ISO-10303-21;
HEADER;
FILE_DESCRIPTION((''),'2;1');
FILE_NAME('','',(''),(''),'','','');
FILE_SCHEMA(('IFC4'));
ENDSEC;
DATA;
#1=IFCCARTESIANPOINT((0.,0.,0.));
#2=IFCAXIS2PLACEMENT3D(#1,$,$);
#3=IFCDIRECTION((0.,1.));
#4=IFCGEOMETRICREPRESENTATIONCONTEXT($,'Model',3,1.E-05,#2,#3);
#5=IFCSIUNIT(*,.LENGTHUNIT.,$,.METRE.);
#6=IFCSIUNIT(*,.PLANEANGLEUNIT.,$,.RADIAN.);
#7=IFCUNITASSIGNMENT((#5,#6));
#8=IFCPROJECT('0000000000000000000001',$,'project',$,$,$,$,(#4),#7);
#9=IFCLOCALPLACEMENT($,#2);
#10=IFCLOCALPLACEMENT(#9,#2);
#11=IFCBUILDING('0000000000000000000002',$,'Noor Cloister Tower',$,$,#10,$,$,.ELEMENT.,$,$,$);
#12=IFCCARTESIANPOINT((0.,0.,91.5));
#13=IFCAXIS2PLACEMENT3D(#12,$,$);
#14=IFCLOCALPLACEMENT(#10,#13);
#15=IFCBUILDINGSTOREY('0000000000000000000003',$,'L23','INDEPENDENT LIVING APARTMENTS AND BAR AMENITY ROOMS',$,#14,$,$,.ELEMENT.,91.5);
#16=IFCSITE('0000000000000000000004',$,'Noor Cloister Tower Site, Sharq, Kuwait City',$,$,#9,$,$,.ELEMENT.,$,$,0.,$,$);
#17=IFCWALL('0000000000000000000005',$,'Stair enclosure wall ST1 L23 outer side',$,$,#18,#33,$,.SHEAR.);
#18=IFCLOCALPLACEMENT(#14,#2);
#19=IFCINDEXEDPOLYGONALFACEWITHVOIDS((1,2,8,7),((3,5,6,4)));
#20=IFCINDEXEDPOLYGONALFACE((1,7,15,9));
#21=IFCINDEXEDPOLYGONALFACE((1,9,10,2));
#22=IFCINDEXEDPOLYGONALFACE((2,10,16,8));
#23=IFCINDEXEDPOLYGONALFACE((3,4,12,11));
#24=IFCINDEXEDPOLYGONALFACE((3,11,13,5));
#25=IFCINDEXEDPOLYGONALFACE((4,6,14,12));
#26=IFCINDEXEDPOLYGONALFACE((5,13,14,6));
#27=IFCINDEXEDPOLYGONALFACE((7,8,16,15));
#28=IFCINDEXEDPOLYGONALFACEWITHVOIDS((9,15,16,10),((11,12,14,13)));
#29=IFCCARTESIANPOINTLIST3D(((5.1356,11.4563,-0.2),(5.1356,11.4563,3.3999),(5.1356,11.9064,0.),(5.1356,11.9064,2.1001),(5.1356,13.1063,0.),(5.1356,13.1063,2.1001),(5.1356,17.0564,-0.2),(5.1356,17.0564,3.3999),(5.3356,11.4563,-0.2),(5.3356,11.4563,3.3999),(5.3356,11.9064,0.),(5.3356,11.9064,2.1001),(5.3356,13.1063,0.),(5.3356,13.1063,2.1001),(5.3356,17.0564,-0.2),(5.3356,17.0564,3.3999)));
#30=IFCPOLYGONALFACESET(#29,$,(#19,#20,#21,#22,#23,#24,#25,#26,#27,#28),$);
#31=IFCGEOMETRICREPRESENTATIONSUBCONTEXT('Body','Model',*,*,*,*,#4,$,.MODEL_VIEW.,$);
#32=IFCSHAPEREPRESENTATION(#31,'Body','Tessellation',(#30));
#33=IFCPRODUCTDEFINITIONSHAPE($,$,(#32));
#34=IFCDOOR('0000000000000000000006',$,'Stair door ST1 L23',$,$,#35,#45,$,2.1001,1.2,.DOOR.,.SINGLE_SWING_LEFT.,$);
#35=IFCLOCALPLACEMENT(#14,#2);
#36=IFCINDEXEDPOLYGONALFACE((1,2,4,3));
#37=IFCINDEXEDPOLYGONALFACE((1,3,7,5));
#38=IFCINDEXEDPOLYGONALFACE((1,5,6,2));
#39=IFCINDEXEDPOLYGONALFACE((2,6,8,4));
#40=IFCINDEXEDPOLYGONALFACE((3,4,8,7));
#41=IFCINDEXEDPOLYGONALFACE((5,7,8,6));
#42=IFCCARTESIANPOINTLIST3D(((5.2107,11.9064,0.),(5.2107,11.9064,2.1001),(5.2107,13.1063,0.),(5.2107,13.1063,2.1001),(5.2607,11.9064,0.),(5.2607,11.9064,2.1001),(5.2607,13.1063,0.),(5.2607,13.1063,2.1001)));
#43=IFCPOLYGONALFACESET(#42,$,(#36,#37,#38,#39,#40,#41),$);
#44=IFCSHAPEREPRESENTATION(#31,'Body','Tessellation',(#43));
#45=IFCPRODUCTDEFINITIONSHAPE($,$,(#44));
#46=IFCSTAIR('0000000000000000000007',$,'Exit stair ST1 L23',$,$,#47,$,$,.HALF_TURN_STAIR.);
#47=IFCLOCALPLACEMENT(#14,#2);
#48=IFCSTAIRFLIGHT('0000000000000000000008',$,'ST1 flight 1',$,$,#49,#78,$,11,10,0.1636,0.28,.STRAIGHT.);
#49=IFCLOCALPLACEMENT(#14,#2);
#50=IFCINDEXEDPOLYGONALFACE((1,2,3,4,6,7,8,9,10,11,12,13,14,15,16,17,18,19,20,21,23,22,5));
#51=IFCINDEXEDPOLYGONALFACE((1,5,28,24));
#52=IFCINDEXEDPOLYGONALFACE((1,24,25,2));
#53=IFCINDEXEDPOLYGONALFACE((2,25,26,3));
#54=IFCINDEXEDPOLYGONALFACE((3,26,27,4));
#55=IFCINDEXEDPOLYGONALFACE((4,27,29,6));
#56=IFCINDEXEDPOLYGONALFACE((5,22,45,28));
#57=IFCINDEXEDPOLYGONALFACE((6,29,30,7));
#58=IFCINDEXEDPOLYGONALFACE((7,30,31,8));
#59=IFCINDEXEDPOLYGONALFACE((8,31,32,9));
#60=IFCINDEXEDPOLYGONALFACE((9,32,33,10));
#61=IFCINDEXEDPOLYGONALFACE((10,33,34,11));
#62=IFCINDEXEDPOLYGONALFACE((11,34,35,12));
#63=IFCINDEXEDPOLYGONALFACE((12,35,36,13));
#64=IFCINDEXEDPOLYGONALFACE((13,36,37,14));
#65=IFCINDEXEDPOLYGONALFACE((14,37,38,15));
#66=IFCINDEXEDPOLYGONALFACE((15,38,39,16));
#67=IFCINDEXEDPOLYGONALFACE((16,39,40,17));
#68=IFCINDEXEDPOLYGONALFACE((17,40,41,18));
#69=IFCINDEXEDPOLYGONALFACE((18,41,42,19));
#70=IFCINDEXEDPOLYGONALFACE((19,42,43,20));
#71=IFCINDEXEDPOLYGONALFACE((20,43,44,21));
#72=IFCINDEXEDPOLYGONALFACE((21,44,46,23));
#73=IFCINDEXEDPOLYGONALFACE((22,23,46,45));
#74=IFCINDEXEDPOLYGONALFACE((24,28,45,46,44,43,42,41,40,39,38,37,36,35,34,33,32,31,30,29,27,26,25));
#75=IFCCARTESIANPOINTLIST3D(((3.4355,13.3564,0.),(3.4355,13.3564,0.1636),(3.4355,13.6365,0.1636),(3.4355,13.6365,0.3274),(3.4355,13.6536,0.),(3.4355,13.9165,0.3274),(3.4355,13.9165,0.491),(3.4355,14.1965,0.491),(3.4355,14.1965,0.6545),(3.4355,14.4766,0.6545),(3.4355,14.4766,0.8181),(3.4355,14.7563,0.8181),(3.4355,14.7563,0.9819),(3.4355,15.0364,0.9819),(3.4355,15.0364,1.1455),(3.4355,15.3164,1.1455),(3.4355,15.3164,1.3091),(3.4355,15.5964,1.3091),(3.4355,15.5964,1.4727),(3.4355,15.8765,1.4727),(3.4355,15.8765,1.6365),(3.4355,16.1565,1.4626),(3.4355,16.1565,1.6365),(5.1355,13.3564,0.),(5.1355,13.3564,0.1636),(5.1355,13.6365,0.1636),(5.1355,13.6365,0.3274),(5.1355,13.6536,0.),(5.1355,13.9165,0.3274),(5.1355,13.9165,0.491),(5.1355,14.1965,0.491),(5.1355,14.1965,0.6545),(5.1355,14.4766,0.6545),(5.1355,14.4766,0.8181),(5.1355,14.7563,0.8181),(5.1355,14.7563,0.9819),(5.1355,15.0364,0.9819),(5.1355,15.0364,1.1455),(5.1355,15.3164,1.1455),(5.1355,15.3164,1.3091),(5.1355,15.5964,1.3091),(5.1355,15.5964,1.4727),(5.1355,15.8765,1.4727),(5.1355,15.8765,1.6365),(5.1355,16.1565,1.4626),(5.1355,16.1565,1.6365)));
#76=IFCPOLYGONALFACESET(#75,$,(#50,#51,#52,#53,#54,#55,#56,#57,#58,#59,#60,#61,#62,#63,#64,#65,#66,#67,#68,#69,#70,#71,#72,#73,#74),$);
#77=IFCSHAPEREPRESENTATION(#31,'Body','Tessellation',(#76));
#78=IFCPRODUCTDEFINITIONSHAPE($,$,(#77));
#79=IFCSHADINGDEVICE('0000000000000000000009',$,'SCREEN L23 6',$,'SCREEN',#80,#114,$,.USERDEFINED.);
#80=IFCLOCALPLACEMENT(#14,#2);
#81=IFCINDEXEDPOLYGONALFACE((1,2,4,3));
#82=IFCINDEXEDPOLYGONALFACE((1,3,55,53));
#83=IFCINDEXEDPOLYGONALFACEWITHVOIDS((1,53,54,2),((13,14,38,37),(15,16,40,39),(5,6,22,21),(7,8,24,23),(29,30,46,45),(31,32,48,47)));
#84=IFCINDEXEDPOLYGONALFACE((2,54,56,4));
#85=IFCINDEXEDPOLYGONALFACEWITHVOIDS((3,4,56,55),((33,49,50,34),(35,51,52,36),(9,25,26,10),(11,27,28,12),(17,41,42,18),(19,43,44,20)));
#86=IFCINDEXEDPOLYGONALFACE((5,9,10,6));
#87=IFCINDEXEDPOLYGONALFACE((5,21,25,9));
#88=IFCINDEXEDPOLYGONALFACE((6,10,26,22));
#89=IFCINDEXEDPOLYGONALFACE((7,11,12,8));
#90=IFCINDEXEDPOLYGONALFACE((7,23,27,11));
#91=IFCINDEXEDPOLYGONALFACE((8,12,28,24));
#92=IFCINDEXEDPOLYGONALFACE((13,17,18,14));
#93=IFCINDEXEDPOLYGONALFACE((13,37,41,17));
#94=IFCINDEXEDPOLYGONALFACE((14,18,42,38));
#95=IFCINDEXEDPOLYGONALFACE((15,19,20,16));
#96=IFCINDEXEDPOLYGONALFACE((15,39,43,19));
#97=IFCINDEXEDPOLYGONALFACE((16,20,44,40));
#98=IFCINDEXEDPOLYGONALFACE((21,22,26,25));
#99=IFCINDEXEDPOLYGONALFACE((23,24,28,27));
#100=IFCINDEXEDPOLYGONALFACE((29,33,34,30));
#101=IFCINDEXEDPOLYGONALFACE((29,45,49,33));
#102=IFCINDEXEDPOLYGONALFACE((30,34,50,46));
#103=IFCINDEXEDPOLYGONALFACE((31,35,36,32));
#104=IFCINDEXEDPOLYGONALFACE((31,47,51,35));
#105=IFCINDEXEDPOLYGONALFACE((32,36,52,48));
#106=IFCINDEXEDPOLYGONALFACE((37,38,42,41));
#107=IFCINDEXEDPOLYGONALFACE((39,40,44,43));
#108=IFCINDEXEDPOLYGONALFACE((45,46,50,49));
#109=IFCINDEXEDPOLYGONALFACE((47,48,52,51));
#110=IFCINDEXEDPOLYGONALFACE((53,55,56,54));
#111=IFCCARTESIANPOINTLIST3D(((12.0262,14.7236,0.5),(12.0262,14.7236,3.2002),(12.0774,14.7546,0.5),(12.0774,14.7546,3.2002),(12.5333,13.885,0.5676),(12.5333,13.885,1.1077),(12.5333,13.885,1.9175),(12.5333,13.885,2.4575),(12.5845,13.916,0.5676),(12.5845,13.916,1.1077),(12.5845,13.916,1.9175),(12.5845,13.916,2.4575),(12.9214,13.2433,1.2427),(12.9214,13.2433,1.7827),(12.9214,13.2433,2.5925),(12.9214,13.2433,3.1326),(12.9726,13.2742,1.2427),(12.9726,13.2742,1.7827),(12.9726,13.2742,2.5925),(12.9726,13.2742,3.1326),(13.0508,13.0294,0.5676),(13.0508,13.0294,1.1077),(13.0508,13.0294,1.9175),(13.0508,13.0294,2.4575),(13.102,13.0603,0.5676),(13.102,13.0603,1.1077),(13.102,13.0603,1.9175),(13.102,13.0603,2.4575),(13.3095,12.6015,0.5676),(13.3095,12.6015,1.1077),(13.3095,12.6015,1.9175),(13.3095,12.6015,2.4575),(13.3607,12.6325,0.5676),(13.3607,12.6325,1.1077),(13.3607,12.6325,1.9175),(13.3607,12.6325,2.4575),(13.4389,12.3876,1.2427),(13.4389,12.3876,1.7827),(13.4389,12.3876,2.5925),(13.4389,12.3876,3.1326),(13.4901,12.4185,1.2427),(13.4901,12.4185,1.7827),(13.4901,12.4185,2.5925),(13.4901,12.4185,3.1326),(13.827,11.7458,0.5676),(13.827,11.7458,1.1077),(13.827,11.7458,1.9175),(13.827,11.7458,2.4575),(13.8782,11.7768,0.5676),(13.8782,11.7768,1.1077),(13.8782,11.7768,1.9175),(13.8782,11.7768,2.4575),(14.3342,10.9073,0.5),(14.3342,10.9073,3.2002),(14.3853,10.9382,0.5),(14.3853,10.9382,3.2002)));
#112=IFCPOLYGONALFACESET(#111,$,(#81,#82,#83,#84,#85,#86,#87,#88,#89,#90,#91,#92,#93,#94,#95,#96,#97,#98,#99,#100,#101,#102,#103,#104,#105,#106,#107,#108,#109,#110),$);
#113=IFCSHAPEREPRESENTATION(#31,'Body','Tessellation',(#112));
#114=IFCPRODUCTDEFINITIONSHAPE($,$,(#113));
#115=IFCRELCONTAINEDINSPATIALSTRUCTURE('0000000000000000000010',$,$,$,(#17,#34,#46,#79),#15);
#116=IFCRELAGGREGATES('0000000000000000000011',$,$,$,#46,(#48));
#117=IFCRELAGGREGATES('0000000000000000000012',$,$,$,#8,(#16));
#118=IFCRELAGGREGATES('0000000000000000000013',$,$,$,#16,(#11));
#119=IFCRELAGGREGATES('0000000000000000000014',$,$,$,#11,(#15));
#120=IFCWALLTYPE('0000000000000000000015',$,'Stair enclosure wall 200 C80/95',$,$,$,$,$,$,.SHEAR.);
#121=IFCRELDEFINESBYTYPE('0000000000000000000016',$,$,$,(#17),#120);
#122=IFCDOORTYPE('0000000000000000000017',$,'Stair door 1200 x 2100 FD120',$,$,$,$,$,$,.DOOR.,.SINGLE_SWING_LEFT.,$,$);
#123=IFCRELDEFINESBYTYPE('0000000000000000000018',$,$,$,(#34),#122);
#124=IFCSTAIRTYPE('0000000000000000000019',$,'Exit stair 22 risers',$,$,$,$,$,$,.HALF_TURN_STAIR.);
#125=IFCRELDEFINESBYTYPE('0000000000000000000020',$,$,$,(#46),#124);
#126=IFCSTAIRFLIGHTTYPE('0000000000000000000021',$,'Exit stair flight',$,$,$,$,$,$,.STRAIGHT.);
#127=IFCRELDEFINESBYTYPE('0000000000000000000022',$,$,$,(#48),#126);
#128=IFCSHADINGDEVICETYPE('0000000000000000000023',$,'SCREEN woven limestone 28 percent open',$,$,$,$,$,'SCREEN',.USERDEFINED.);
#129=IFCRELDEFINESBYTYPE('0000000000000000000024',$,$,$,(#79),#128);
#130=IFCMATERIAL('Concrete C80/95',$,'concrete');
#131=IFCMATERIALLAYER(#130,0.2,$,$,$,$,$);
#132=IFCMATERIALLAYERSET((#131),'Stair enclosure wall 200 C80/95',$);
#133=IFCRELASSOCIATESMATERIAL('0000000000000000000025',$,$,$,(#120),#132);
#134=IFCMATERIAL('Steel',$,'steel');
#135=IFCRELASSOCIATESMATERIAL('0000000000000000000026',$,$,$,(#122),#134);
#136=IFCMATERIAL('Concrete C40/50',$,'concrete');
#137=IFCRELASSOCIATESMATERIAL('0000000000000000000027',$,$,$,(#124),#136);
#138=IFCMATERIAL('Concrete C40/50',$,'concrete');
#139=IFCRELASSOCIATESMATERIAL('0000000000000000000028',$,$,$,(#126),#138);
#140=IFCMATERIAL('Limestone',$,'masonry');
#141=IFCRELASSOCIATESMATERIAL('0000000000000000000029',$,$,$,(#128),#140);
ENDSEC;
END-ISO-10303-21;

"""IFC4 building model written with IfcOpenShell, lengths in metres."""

from ifc_helpers import new_model, si_unit, direction, frame, frame_2d, origin, place, context, subcontext, project, spatial, polyline, rectangle, outline, extrude, material, layer, layer_set, material_profile, profile_set, type_object, element, fill, aggregate, save


model = new_model("IFC4")

# Units and contexts
model_context = context("Model", 3, precision=1e-05, world=origin(), true_north=direction((0.0, 1.0)))
body_context = subcontext(model_context, "Body", "Model", "MODEL_VIEW")
ifc_project = project(units=[si_unit("LENGTHUNIT", "METRE"), si_unit("PLANEANGLEUNIT", "RADIAN")], contexts=[model_context])

# Site, building, storey
site_placement = place(None, origin())
site = spatial("IfcSite", under=ifc_project, at=site_placement, Name="Noor Cloister Tower Site, Sharq, Kuwait City", CompositionType="ELEMENT", RefElevation=0.0)
building_placement = place(site_placement, origin())
building = spatial("IfcBuilding", under=site, at=building_placement, Name="Noor Cloister Tower", CompositionType="ELEMENT")
storey_placement = place(building_placement, frame((0.0, 0.0, 91.5)))
storey = spatial("IfcBuildingStorey", under=building, at=storey_placement, Name="L23", Description="INDEPENDENT LIVING APARTMENTS AND BAR AMENITY ROOMS", CompositionType="ELEMENT", Elevation=91.5)

# Wall, opening, door
ifc_material_1 = material(Name="Concrete C80/95", Category="concrete")
ifc_layer_1 = layer(ifc_material_1, 0.2)
ifc_layer_set_1 = layer_set([ifc_layer_1], Name="Stair enclosure wall 200 C80/95")
wall_type_1 = type_object("IfcWallType", Name="Stair enclosure wall 200 C80/95", PredefinedType="SHEAR", material=ifc_layer_set_1)
ifc_material_2 = material(Name="Steel", Category="steel")
door_type_1 = type_object("IfcDoorType", Name="Stair door 1200 x 2100 FD120", OperationType="SINGLE_SWING_LEFT", PredefinedType="DOOR", material=ifc_material_2)
wall_1_placement = place(storey_placement, frame((5.2356, 11.4563, -0.2), z_axis=(0.0, 0.0, 1.0), x_axis=(0.0, 1.0, 0.0)))
wall_1 = element("IfcWall", 1, at=wall_1_placement, inside=storey, type_object=wall_type_1, Name="Stair enclosure wall ST1 L23 outer side", PredefinedType="SHEAR", context=body_context, shape_type="SweptSolid", body=[
    extrude(rectangle(XDim=5.6001, YDim=0.2, at=frame_2d((2.8, 0.0))), origin(), (0.0, 0.0, 1.0), 3.5999),
])
opening_1_placement = place(wall_1_placement, frame((0.45, 0.0, 0.2)))
opening_1 = element("IfcOpeningElement", 2, at=opening_1_placement, cuts=wall_1, PredefinedType="OPENING", context=body_context, shape_type="SweptSolid", body=[
    extrude(rectangle(XDim=1.2, YDim=2.1001, at=frame_2d((0.6001, 1.05))), frame((0.0, 0.1099, 0.0), z_axis=(0.0, -1.0, 0.0), x_axis=(1.0, 0.0, 0.0)), (0.0, 0.0, 1.0), 0.22),
])
door_1_placement = place(opening_1_placement, origin())
door_1 = element("IfcDoor", 3, at=door_1_placement, inside=storey, type_object=door_type_1, Name="Stair door ST1 L23", OperationType="SINGLE_SWING_LEFT", OverallHeight=2.1001, OverallWidth=1.2, PredefinedType="DOOR", context=body_context, shape_type="SweptSolid", body=[
    extrude(rectangle(XDim=1.2, YDim=2.1001, at=frame_2d((0.6001, 1.05))), frame((0.0, 0.0249, 0.0), z_axis=(0.0, -1.0, 0.0), x_axis=(1.0, 0.0, 0.0)), (0.0, 0.0, 1.0), 0.05),
])
fill(opening_1, door_1)

# Stair, stair flight
ifc_material_3 = material(Name="Concrete C40/50", Category="concrete")
stair_type = type_object("IfcStairType", Name="Exit stair 22 risers", PredefinedType="HALF_TURN_STAIR", material=ifc_material_3)
stair_placement = place(storey_placement, origin())
stair = element("IfcStair", 4, at=stair_placement, inside=storey, type_object=stair_type, Name="Exit stair ST1 L23", PredefinedType="HALF_TURN_STAIR")
ifc_material_4 = material(Name="Concrete C40/50", Category="concrete")
stair_flight_type = type_object("IfcStairFlightType", Name="Exit stair flight", PredefinedType="STRAIGHT", material=ifc_material_4)
stair_flight_placement = place(storey_placement, frame((4.2856, 13.3564, 0.0), z_axis=(0.0, 0.0, 1.0), x_axis=(0.0, 1.0, 0.0)))
stair_flight = element("IfcStairFlight", 5, at=stair_flight_placement, type_object=stair_flight_type, Name="ST1 flight 1", NumberOfRisers=11, NumberOfTreads=10, PredefinedType="STRAIGHT", RiserHeight=0.1636, TreadLength=0.28, context=body_context, shape_type="SweptSolid", body=[
    extrude(outline(polyline([(0.0, 0.0), (0.0, 0.1636), (0.28, 0.1636), (0.28, 0.3274), (0.5601, 0.3274), (0.5601, 0.491), (0.8401, 0.491), (0.8401, 0.6545), (1.1201, 0.6545), (1.1201, 0.8181), (1.3999, 0.8181), (1.3999, 0.9819), (1.6799, 0.9819), (1.6799, 1.1455), (1.96, 1.1455), (1.96, 1.3091), (2.24, 1.3091), (2.24, 1.4727), (2.52, 1.4727), (2.52, 1.6365), (2.8, 1.6365), (2.8, 1.8), (2.8, 1.4626), (0.2971, 0.0), (0.0, 0.0)])), frame((0.0, 0.8501, 0.0), z_axis=(0.0, -1.0, 0.0), x_axis=(1.0, 0.0, 0.0)), (0.0, 0.0, 1.0), 1.7),
])
aggregate(stair, [stair_flight])

# Shading device
ifc_material_5 = material(Name="Limestone", Category="masonry")
ifc_material_profile_1 = material_profile(ifc_material_5, outline(polyline([(-2.23, -1.3501), (2.23, -1.3501), (2.23, 1.3501), (-2.23, 1.3501), (-2.23, -1.3501)]), holes=[polyline([(-1.25, -1.2825), (-0.25, -1.2825), (-0.25, -0.7424), (-1.25, -0.7424), (-1.25, -1.2825)]), polyline([(0.25, -1.2825), (1.25, -1.2825), (1.25, -0.7424), (0.25, -0.7424), (0.25, -1.2825)]), polyline([(-0.5, -0.6074), (0.5, -0.6074), (0.5, -0.0674), (-0.5, -0.0674), (-0.5, -0.6074)]), polyline([(-1.25, 0.0674), (-0.25, 0.0674), (-0.25, 0.6074), (-1.25, 0.6074), (-1.25, 0.0674)]), polyline([(0.25, 0.0674), (1.25, 0.0674), (1.25, 0.6074), (0.25, 0.6074), (0.25, 0.0674)]), polyline([(-0.5, 0.7424), (0.5, 0.7424), (0.5, 1.2825), (-0.5, 1.2825), (-0.5, 0.7424)])]), Name="Woven screen 28 percent open")
ifc_profile_set_1 = profile_set([ifc_material_profile_1], Name="Limestone")
shading_device_type = type_object("IfcShadingDeviceType", Name="SCREEN woven limestone 28 percent open", ElementType="SCREEN", PredefinedType="USERDEFINED", material=ifc_profile_set_1)
shading_device_placement = place(storey_placement, frame((13.1802, 12.8154, 1.8501), z_axis=(0.85569, 0.517489, 0.0), x_axis=(-0.517489, 0.85569, 0.0)))
element("IfcShadingDevice", 6, at=shading_device_placement, inside=storey, type_object=shading_device_type, Name="SCREEN L23 6", ObjectType="SCREEN", PredefinedType="USERDEFINED", context=body_context, shape_type="SweptSolid", body=[
    extrude(outline(polyline([(-2.23, -1.3501), (2.23, -1.3501), (2.23, 1.3501), (-2.23, 1.3501), (-2.23, -1.3501)]), holes=[polyline([(-1.25, -1.2825), (-0.25, -1.2825), (-0.25, -0.7424), (-1.25, -0.7424), (-1.25, -1.2825)]), polyline([(0.25, -1.2825), (1.25, -1.2825), (1.25, -0.7424), (0.25, -0.7424), (0.25, -1.2825)]), polyline([(-0.5, -0.6074), (0.5, -0.6074), (0.5, -0.0674), (-0.5, -0.0674), (-0.5, -0.6074)]), polyline([(-1.25, 0.0674), (-0.25, 0.0674), (-0.25, 0.6074), (-1.25, 0.6074), (-1.25, 0.0674)]), polyline([(0.25, 0.0674), (1.25, 0.0674), (1.25, 0.6074), (0.25, 0.6074), (0.25, 0.0674)]), polyline([(-0.5, 0.7424), (0.5, 0.7424), (0.5, 1.2825), (-0.5, 1.2825), (-0.5, 0.7424)])]), origin(), (0.0, 0.0, 1.0), 0.0598),
])

save(model, "model.ifc")
